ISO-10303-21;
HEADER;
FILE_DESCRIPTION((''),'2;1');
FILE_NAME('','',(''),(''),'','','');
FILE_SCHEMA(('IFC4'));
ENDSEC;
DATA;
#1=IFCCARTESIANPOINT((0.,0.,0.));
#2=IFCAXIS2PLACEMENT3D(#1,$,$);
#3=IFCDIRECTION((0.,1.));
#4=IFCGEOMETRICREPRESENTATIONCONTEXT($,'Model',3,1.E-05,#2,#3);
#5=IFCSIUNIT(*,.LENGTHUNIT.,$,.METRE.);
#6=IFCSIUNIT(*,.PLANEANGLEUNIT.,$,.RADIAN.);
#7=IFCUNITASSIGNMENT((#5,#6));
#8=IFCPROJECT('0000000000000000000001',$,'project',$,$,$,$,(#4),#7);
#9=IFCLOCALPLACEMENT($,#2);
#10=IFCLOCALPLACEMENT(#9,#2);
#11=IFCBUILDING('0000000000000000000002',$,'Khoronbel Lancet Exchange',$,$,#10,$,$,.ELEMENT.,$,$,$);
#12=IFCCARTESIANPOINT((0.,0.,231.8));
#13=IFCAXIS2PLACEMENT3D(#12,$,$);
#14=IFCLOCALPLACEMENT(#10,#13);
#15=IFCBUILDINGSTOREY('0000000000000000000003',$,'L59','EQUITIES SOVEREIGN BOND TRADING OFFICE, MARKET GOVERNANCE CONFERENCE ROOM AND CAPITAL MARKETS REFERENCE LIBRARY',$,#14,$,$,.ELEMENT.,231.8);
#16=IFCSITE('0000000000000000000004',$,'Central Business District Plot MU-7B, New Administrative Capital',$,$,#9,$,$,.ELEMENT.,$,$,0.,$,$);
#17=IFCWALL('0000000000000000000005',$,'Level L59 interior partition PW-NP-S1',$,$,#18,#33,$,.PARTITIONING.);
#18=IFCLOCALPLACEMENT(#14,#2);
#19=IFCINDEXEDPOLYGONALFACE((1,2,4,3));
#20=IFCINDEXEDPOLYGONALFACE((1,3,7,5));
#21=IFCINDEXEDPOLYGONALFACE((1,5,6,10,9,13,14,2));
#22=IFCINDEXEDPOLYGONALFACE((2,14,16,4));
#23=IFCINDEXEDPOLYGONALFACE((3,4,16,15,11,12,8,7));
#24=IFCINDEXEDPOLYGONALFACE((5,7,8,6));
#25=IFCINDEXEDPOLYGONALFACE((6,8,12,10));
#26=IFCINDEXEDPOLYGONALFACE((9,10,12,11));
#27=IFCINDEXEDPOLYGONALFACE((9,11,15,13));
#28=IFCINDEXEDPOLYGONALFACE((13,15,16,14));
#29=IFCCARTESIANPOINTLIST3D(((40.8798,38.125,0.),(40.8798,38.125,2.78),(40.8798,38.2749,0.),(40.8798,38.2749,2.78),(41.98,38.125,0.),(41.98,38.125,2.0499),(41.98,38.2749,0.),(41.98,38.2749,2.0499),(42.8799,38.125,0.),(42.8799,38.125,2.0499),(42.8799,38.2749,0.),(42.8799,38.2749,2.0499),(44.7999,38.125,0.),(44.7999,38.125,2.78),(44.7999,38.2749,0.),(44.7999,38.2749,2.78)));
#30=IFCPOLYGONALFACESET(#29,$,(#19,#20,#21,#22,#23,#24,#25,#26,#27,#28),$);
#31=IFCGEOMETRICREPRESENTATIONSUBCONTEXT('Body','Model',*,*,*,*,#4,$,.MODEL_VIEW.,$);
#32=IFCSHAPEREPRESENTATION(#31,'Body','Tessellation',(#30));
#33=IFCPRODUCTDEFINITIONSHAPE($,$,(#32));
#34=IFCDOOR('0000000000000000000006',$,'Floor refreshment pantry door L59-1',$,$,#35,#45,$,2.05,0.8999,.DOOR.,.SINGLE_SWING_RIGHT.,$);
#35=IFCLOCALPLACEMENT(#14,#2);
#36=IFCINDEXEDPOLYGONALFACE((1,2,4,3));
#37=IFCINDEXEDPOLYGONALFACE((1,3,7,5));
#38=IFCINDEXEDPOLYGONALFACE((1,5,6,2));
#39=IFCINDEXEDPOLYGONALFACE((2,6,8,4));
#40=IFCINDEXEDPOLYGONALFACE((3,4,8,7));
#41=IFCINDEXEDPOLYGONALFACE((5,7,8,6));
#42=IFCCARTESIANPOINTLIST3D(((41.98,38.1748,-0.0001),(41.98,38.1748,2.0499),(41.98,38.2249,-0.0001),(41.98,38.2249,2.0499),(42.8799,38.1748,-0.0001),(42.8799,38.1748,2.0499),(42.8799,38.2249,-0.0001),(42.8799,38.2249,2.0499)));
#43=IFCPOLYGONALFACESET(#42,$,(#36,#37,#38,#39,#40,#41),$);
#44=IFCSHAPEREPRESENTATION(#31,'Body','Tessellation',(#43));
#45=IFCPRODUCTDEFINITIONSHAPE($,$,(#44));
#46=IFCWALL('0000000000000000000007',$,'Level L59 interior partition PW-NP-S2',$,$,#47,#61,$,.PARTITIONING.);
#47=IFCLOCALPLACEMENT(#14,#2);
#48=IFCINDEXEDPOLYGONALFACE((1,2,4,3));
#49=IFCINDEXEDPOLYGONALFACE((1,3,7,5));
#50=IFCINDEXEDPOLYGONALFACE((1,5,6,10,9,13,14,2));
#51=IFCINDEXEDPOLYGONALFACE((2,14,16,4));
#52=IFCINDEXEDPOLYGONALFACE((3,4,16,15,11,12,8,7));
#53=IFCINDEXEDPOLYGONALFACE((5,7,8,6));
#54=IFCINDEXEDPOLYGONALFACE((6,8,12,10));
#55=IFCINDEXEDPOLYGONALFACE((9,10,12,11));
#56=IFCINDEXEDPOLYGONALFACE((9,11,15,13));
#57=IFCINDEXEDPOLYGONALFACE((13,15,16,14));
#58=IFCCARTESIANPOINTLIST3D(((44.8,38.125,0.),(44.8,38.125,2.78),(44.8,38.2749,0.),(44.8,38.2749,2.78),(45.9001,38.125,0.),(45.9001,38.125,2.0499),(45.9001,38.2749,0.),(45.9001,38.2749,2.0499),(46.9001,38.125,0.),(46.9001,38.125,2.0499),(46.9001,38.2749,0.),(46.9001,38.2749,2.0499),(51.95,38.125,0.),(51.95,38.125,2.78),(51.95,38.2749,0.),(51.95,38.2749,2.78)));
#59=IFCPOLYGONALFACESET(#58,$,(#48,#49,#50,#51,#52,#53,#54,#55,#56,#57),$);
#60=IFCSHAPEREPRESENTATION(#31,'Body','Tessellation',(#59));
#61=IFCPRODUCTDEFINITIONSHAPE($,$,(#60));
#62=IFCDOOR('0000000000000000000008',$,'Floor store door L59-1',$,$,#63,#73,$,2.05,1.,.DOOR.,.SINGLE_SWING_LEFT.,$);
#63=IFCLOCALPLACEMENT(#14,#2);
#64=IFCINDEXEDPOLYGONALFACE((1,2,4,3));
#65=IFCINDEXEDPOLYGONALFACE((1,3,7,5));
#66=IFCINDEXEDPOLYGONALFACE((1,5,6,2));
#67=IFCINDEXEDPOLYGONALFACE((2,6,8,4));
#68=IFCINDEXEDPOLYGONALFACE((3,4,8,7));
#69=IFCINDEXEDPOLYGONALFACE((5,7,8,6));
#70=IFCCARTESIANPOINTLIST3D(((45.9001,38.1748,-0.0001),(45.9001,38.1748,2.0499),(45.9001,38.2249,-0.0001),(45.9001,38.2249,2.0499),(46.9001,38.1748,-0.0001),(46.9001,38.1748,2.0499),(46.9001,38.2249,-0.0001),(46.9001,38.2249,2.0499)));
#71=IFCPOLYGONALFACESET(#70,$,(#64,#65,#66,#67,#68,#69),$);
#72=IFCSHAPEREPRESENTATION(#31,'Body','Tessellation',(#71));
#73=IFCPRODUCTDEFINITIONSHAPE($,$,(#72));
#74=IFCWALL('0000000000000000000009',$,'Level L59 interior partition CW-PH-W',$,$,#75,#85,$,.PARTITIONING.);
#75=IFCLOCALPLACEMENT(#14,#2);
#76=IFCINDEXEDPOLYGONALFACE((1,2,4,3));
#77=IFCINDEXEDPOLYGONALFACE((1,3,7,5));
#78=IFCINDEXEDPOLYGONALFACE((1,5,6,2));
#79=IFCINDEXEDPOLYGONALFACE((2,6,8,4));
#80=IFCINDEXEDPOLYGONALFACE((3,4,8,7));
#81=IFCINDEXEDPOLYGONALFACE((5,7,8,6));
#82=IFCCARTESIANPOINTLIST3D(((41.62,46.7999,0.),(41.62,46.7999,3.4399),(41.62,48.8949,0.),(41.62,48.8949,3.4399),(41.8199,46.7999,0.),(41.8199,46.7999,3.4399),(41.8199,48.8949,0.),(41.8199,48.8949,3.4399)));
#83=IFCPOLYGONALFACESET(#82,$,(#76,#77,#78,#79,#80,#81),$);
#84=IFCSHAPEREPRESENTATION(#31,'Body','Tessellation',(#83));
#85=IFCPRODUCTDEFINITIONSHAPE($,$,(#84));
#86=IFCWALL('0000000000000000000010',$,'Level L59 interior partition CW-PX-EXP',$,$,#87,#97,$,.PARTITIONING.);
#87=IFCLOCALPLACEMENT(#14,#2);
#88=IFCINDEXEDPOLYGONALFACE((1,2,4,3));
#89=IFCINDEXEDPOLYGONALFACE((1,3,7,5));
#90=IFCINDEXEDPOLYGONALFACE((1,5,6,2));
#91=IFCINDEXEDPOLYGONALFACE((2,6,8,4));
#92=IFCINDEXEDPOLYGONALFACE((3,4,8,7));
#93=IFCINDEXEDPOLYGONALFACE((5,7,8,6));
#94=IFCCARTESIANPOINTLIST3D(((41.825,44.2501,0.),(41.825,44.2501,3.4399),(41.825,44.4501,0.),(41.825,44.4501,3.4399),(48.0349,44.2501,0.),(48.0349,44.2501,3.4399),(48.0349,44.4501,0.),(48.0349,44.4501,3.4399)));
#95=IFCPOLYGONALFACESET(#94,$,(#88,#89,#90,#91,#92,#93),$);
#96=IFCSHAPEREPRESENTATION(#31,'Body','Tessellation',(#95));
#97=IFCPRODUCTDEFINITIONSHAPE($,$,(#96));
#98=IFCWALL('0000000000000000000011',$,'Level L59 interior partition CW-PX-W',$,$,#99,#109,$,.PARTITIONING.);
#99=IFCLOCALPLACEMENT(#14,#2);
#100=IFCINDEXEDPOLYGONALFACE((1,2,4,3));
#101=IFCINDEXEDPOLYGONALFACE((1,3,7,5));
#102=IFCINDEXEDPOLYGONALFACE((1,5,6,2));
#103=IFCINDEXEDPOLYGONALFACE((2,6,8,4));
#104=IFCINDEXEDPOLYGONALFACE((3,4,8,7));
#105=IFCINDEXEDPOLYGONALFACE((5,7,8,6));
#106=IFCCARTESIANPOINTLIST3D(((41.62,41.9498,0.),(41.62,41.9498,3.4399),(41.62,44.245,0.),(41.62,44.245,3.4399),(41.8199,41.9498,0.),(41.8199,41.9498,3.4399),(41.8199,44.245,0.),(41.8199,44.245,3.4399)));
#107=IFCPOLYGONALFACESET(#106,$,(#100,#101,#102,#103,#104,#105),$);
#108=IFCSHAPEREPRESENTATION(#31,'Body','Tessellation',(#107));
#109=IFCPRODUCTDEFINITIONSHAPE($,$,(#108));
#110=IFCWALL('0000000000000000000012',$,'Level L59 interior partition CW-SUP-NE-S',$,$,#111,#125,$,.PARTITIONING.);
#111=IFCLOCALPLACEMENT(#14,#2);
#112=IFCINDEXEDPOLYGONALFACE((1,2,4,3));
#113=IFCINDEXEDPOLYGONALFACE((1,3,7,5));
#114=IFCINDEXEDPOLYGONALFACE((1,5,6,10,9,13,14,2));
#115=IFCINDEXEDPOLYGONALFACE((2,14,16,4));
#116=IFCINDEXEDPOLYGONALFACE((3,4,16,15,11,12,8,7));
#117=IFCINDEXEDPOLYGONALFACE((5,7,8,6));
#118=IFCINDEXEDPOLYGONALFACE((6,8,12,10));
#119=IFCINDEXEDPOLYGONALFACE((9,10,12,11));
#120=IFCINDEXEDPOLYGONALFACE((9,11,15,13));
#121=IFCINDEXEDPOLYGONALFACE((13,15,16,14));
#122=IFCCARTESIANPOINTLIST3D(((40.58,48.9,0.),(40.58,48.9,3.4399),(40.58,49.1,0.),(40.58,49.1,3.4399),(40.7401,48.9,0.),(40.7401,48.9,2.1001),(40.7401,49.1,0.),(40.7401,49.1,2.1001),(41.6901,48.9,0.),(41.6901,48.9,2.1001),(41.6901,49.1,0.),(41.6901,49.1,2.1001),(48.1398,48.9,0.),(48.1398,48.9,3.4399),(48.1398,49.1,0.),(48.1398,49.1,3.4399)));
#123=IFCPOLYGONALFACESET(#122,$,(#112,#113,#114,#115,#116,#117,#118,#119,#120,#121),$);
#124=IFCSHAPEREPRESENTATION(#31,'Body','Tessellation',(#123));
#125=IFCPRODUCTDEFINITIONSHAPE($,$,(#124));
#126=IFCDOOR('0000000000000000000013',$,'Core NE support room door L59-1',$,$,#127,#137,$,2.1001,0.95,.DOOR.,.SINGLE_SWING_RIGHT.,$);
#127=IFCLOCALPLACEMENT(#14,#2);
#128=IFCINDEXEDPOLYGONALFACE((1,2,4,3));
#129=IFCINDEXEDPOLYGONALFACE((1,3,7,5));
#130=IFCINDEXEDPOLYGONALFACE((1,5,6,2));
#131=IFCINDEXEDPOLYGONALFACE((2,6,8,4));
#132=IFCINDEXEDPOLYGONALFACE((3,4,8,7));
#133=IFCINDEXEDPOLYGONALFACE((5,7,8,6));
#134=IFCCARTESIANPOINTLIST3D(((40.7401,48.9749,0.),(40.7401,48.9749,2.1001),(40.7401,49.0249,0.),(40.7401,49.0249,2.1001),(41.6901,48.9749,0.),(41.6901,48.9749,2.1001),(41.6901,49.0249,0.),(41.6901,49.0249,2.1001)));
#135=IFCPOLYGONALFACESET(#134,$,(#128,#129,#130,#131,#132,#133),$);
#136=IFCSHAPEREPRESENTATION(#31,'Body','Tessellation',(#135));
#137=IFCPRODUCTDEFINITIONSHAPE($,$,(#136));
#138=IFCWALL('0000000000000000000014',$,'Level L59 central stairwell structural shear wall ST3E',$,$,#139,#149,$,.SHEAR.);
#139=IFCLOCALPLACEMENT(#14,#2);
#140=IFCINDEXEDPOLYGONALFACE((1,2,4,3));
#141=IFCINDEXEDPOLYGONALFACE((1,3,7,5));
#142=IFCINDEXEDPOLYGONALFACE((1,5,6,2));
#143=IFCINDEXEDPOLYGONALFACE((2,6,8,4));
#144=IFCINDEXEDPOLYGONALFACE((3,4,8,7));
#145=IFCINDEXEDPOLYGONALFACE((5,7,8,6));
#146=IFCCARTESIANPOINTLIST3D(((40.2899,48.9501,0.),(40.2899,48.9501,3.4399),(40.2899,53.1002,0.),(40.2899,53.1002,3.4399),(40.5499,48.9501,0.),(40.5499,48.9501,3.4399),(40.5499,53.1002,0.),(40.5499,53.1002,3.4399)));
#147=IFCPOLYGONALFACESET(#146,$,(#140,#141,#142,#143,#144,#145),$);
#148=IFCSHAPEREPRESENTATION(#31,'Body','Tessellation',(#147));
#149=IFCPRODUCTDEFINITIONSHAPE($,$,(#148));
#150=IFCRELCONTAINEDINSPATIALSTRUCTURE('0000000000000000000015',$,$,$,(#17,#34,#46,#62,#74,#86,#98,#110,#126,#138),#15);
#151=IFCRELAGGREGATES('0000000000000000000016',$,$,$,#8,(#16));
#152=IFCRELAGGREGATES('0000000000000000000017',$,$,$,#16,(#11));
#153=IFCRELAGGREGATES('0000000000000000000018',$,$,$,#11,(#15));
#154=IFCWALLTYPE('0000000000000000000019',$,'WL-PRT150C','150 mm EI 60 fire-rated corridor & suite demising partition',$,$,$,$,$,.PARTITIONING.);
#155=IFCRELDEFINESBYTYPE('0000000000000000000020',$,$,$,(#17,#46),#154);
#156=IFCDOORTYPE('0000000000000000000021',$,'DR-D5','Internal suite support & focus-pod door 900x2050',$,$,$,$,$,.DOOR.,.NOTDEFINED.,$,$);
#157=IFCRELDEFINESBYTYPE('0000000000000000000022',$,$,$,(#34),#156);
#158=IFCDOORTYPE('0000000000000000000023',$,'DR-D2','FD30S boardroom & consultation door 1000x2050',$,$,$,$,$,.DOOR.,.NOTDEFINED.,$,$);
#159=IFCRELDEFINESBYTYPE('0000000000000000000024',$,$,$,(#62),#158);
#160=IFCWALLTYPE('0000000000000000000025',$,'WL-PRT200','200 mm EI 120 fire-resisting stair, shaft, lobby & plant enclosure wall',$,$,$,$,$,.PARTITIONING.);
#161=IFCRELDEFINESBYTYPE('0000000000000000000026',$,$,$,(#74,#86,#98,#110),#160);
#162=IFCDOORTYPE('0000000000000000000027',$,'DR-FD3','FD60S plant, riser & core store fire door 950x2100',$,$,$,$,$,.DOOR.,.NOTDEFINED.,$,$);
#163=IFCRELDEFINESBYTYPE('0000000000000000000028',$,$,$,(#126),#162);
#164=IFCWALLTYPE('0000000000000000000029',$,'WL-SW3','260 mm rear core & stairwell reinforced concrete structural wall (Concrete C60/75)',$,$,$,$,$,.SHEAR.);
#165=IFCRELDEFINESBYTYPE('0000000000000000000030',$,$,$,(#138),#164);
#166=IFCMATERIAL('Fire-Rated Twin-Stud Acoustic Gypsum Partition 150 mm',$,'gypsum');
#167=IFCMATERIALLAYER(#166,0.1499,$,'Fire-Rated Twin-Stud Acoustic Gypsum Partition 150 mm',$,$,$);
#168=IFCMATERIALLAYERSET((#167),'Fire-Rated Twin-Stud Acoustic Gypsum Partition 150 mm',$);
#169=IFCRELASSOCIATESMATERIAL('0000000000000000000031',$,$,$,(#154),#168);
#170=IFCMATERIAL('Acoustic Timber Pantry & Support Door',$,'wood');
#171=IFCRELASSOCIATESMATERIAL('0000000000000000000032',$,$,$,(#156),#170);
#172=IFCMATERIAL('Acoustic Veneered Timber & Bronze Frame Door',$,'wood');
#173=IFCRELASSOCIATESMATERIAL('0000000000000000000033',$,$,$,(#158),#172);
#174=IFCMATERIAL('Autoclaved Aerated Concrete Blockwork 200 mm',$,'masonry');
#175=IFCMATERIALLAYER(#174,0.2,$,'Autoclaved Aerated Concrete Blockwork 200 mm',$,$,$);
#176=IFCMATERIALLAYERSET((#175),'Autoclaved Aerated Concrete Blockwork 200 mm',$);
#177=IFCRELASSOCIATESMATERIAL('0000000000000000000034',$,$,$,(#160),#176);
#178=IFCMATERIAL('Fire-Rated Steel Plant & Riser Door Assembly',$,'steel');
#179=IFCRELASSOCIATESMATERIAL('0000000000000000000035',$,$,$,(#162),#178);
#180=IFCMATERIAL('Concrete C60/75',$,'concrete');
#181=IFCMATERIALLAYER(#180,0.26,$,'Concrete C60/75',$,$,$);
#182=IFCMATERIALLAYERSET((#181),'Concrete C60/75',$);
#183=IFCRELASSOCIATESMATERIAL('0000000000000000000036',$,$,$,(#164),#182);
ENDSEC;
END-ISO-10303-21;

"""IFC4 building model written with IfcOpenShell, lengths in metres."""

from ifc_helpers import new_model, si_unit, direction, frame, frame_2d, origin, place, context, subcontext, project, spatial, rectangle, extrude, material, layer, layer_set, type_object, element, fill, save


model = new_model("IFC4")

# Units and contexts
model_context = context("Model", 3, precision=1e-05, world=origin(), true_north=direction((0.0, 1.0)))
body_context = subcontext(model_context, "Body", "Model", "MODEL_VIEW")
ifc_project = project(units=[si_unit("LENGTHUNIT", "METRE"), si_unit("PLANEANGLEUNIT", "RADIAN")], contexts=[model_context])

# Site, building, storey
site_placement = place(None, origin())
site = spatial("IfcSite", under=ifc_project, at=site_placement, Name="Central Business District Plot MU-7B, New Administrative Capital", CompositionType="ELEMENT", RefElevation=0.0)
building_placement = place(site_placement, origin())
building = spatial("IfcBuilding", under=site, at=building_placement, Name="Khoronbel Lancet Exchange", CompositionType="ELEMENT")
storey_placement = place(building_placement, frame((0.0, 0.0, 231.8)))
storey = spatial("IfcBuildingStorey", under=building, at=storey_placement, Name="L59", Description="EQUITIES SOVEREIGN BOND TRADING OFFICE, MARKET GOVERNANCE CONFERENCE ROOM AND CAPITAL MARKETS REFERENCE LIBRARY", CompositionType="ELEMENT", Elevation=231.8)

# Shared definitions
ifc_material_1 = material(Name="Concrete C60/75", Category="concrete")

# Walls, openings, doors
ifc_material_2 = material(Name="Fire-Rated Twin-Stud Acoustic Gypsum Partition 150 mm", Category="gypsum")
ifc_layer_1 = layer(ifc_material_2, 0.1499, Name="Fire-Rated Twin-Stud Acoustic Gypsum Partition 150 mm")
ifc_layer_set_1 = layer_set([ifc_layer_1], Name="Fire-Rated Twin-Stud Acoustic Gypsum Partition 150 mm")
wall_type_1 = type_object("IfcWallType", Name="WL-PRT150C", Description="150 mm EI 60 fire-rated corridor & suite demising partition", PredefinedType="PARTITIONING", material=ifc_layer_set_1)
wall_1_placement = place(storey_placement, frame((40.8799, 38.2, 0.0), z_axis=(0.0, 0.0, 1.0), x_axis=(1.0, 0.0, 0.0)))
wall_1 = element("IfcWall", 1, at=wall_1_placement, inside=storey, type_object=wall_type_1, Name="Level L59 interior partition PW-NP-S1", PredefinedType="PARTITIONING", context=body_context, shape_type="SweptSolid", body=[
    extrude(rectangle(XDim=3.9202, YDim=0.1499, at=frame_2d((1.96, 0.0))), origin(), (0.0, 0.0, 1.0), 2.78),
])
opening_1_placement = place(wall_1_placement, frame((1.1001, 0.0, 0.0)))
opening_1 = element("IfcOpeningElement", 2, at=opening_1_placement, cuts=wall_1, PredefinedType="OPENING", context=body_context, shape_type="SweptSolid", body=[
    extrude(rectangle(XDim=0.8999, YDim=2.05, at=frame_2d((0.45, 1.0249))), frame((0.0, 0.085, 0.0), z_axis=(0.0, -1.0, 0.0), x_axis=(1.0, 0.0, 0.0)), (0.0, 0.0, 1.0), 0.1699),
])
ifc_material_3 = material(Name="Acoustic Timber Pantry & Support Door", Category="wood")
door_type_1 = type_object("IfcDoorType", Name="DR-D5", Description="Internal suite support & focus-pod door 900x2050", OperationType="NOTDEFINED", PredefinedType="DOOR", material=ifc_material_3)
door_1_placement = place(opening_1_placement, origin())
door_1 = element("IfcDoor", 3, at=door_1_placement, inside=storey, type_object=door_type_1, Name="Floor refreshment pantry door L59-1", OperationType="SINGLE_SWING_RIGHT", OverallHeight=2.05, OverallWidth=0.8999, PredefinedType="DOOR", context=body_context, shape_type="SweptSolid", body=[
    extrude(rectangle(XDim=0.8999, YDim=2.05, at=frame_2d((0.45, 1.0249))), frame((0.0, 0.0249, 0.0), z_axis=(0.0, -1.0, 0.0), x_axis=(1.0, 0.0, 0.0)), (0.0, 0.0, 1.0), 0.05),
])
fill(opening_1, door_1)
wall_2_placement = place(storey_placement, frame((44.8, 38.2, 0.0), z_axis=(0.0, 0.0, 1.0), x_axis=(1.0, 0.0, 0.0)))
wall_2 = element("IfcWall", 4, at=wall_2_placement, inside=storey, type_object=wall_type_1, Name="Level L59 interior partition PW-NP-S2", PredefinedType="PARTITIONING", context=body_context, shape_type="SweptSolid", body=[
    extrude(rectangle(XDim=7.1499, YDim=0.1499, at=frame_2d((3.575, 0.0))), origin(), (0.0, 0.0, 1.0), 2.78),
])
opening_2_placement = place(wall_2_placement, frame((1.1001, 0.0, 0.0)))
opening_2 = element("IfcOpeningElement", 5, at=opening_2_placement, cuts=wall_2, PredefinedType="OPENING", context=body_context, shape_type="SweptSolid", body=[
    extrude(rectangle(XDim=1.0, YDim=2.05, at=frame_2d((0.5, 1.0249))), frame((0.0, 0.085, 0.0), z_axis=(0.0, -1.0, 0.0), x_axis=(1.0, 0.0, 0.0)), (0.0, 0.0, 1.0), 0.1699),
])
ifc_material_4 = material(Name="Acoustic Veneered Timber & Bronze Frame Door", Category="wood")
door_type_2 = type_object("IfcDoorType", Name="DR-D2", Description="FD30S boardroom & consultation door 1000x2050", OperationType="NOTDEFINED", PredefinedType="DOOR", material=ifc_material_4)
door_2_placement = place(opening_2_placement, origin())
door_2 = element("IfcDoor", 6, at=door_2_placement, inside=storey, type_object=door_type_2, Name="Floor store door L59-1", OperationType="SINGLE_SWING_LEFT", OverallHeight=2.05, OverallWidth=1.0, PredefinedType="DOOR", context=body_context, shape_type="SweptSolid", body=[
    extrude(rectangle(XDim=1.0, YDim=2.05, at=frame_2d((0.5, 1.0249))), frame((0.0, 0.0249, 0.0), z_axis=(0.0, -1.0, 0.0), x_axis=(1.0, 0.0, 0.0)), (0.0, 0.0, 1.0), 0.05),
])
fill(opening_2, door_2)

# Walls
ifc_material_5 = material(Name="Autoclaved Aerated Concrete Blockwork 200 mm", Category="masonry")
ifc_layer_2 = layer(ifc_material_5, 0.2, Name="Autoclaved Aerated Concrete Blockwork 200 mm")
ifc_layer_set_2 = layer_set([ifc_layer_2], Name="Autoclaved Aerated Concrete Blockwork 200 mm")
wall_type_2 = type_object("IfcWallType", Name="WL-PRT200", Description="200 mm EI 120 fire-resisting stair, shaft, lobby & plant enclosure wall", PredefinedType="PARTITIONING", material=ifc_layer_set_2)
wall_3_placement = place(storey_placement, frame((41.72, 46.8, 0.0), z_axis=(0.0, 0.0, 1.0), x_axis=(0.0, 1.0, 0.0)))
element("IfcWall", 7, at=wall_3_placement, inside=storey, type_object=wall_type_2, Name="Level L59 interior partition CW-PH-W", PredefinedType="PARTITIONING", context=body_context, shape_type="SweptSolid", body=[
    extrude(rectangle(XDim=2.095, YDim=0.2, at=frame_2d((1.0474, 0.0))), origin(), (0.0, 0.0, 1.0), 3.4399),
])
wall_4_placement = place(storey_placement, frame((41.825, 44.3501, 0.0), z_axis=(0.0, 0.0, 1.0), x_axis=(1.0, 0.0, 0.0)))
element("IfcWall", 8, at=wall_4_placement, inside=storey, type_object=wall_type_2, Name="Level L59 interior partition CW-PX-EXP", PredefinedType="PARTITIONING", context=body_context, shape_type="SweptSolid", body=[
    extrude(rectangle(XDim=6.21, YDim=0.2, at=frame_2d((3.105, 0.0))), origin(), (0.0, 0.0, 1.0), 3.4399),
])
wall_5_placement = place(storey_placement, frame((41.72, 41.95, 0.0), z_axis=(0.0, 0.0, 1.0), x_axis=(0.0, 1.0, 0.0)))
element("IfcWall", 9, at=wall_5_placement, inside=storey, type_object=wall_type_2, Name="Level L59 interior partition CW-PX-W", PredefinedType="PARTITIONING", context=body_context, shape_type="SweptSolid", body=[
    extrude(rectangle(XDim=2.2952, YDim=0.2, at=frame_2d((1.1475, 0.0))), origin(), (0.0, 0.0, 1.0), 3.4399),
])

# Wall, opening, door
wall_6_placement = place(storey_placement, frame((40.5801, 49.0, 0.0), z_axis=(0.0, 0.0, 1.0), x_axis=(1.0, 0.0, 0.0)))
wall_6 = element("IfcWall", 10, at=wall_6_placement, inside=storey, type_object=wall_type_2, Name="Level L59 interior partition CW-SUP-NE-S", PredefinedType="PARTITIONING", context=body_context, shape_type="SweptSolid", body=[
    extrude(rectangle(XDim=7.5598, YDim=0.2, at=frame_2d((3.7798, 0.0))), origin(), (0.0, 0.0, 1.0), 3.4399),
])
opening_3_placement = place(wall_6_placement, frame((0.1599, 0.0, 0.0)))
opening_3 = element("IfcOpeningElement", 11, at=opening_3_placement, cuts=wall_6, PredefinedType="OPENING", context=body_context, shape_type="SweptSolid", body=[
    extrude(rectangle(XDim=0.95, YDim=2.1001, at=frame_2d((0.4751, 1.05))), frame((0.0, 0.1099, 0.0), z_axis=(0.0, -1.0, 0.0), x_axis=(1.0, 0.0, 0.0)), (0.0, 0.0, 1.0), 0.22),
])
ifc_material_6 = material(Name="Fire-Rated Steel Plant & Riser Door Assembly", Category="steel")
door_type_3 = type_object("IfcDoorType", Name="DR-FD3", Description="FD60S plant, riser & core store fire door 950x2100", OperationType="NOTDEFINED", PredefinedType="DOOR", material=ifc_material_6)
door_3_placement = place(opening_3_placement, origin())
door_3 = element("IfcDoor", 12, at=door_3_placement, inside=storey, type_object=door_type_3, Name="Core NE support room door L59-1", OperationType="SINGLE_SWING_RIGHT", OverallHeight=2.1001, OverallWidth=0.95, PredefinedType="DOOR", context=body_context, shape_type="SweptSolid", body=[
    extrude(rectangle(XDim=0.95, YDim=2.1001, at=frame_2d((0.4751, 1.05))), frame((0.0, 0.0249, 0.0), z_axis=(0.0, -1.0, 0.0), x_axis=(1.0, 0.0, 0.0)), (0.0, 0.0, 1.0), 0.05),
])
fill(opening_3, door_3)

# Wall
ifc_layer_3 = layer(ifc_material_1, 0.26, Name="Concrete C60/75")
ifc_layer_set_3 = layer_set([ifc_layer_3], Name="Concrete C60/75")
wall_type_3 = type_object("IfcWallType", Name="WL-SW3", Description="260 mm rear core & stairwell reinforced concrete structural wall (Concrete C60/75)", PredefinedType="SHEAR", material=ifc_layer_set_3)
wall_7_placement = place(storey_placement, frame((40.4199, 48.95, 0.0), z_axis=(0.0, 0.0, 1.0), x_axis=(0.0, 1.0, 0.0)))
element("IfcWall", 13, at=wall_7_placement, inside=storey, type_object=wall_type_3, Name="Level L59 central stairwell structural shear wall ST3E", PredefinedType="SHEAR", context=body_context, shape_type="SweptSolid", body=[
    extrude(rectangle(XDim=4.1501, YDim=0.26, at=frame_2d((2.0752, 0.0))), origin(), (0.0, 0.0, 1.0), 3.4399),
])

save(model, "model.ifc")
